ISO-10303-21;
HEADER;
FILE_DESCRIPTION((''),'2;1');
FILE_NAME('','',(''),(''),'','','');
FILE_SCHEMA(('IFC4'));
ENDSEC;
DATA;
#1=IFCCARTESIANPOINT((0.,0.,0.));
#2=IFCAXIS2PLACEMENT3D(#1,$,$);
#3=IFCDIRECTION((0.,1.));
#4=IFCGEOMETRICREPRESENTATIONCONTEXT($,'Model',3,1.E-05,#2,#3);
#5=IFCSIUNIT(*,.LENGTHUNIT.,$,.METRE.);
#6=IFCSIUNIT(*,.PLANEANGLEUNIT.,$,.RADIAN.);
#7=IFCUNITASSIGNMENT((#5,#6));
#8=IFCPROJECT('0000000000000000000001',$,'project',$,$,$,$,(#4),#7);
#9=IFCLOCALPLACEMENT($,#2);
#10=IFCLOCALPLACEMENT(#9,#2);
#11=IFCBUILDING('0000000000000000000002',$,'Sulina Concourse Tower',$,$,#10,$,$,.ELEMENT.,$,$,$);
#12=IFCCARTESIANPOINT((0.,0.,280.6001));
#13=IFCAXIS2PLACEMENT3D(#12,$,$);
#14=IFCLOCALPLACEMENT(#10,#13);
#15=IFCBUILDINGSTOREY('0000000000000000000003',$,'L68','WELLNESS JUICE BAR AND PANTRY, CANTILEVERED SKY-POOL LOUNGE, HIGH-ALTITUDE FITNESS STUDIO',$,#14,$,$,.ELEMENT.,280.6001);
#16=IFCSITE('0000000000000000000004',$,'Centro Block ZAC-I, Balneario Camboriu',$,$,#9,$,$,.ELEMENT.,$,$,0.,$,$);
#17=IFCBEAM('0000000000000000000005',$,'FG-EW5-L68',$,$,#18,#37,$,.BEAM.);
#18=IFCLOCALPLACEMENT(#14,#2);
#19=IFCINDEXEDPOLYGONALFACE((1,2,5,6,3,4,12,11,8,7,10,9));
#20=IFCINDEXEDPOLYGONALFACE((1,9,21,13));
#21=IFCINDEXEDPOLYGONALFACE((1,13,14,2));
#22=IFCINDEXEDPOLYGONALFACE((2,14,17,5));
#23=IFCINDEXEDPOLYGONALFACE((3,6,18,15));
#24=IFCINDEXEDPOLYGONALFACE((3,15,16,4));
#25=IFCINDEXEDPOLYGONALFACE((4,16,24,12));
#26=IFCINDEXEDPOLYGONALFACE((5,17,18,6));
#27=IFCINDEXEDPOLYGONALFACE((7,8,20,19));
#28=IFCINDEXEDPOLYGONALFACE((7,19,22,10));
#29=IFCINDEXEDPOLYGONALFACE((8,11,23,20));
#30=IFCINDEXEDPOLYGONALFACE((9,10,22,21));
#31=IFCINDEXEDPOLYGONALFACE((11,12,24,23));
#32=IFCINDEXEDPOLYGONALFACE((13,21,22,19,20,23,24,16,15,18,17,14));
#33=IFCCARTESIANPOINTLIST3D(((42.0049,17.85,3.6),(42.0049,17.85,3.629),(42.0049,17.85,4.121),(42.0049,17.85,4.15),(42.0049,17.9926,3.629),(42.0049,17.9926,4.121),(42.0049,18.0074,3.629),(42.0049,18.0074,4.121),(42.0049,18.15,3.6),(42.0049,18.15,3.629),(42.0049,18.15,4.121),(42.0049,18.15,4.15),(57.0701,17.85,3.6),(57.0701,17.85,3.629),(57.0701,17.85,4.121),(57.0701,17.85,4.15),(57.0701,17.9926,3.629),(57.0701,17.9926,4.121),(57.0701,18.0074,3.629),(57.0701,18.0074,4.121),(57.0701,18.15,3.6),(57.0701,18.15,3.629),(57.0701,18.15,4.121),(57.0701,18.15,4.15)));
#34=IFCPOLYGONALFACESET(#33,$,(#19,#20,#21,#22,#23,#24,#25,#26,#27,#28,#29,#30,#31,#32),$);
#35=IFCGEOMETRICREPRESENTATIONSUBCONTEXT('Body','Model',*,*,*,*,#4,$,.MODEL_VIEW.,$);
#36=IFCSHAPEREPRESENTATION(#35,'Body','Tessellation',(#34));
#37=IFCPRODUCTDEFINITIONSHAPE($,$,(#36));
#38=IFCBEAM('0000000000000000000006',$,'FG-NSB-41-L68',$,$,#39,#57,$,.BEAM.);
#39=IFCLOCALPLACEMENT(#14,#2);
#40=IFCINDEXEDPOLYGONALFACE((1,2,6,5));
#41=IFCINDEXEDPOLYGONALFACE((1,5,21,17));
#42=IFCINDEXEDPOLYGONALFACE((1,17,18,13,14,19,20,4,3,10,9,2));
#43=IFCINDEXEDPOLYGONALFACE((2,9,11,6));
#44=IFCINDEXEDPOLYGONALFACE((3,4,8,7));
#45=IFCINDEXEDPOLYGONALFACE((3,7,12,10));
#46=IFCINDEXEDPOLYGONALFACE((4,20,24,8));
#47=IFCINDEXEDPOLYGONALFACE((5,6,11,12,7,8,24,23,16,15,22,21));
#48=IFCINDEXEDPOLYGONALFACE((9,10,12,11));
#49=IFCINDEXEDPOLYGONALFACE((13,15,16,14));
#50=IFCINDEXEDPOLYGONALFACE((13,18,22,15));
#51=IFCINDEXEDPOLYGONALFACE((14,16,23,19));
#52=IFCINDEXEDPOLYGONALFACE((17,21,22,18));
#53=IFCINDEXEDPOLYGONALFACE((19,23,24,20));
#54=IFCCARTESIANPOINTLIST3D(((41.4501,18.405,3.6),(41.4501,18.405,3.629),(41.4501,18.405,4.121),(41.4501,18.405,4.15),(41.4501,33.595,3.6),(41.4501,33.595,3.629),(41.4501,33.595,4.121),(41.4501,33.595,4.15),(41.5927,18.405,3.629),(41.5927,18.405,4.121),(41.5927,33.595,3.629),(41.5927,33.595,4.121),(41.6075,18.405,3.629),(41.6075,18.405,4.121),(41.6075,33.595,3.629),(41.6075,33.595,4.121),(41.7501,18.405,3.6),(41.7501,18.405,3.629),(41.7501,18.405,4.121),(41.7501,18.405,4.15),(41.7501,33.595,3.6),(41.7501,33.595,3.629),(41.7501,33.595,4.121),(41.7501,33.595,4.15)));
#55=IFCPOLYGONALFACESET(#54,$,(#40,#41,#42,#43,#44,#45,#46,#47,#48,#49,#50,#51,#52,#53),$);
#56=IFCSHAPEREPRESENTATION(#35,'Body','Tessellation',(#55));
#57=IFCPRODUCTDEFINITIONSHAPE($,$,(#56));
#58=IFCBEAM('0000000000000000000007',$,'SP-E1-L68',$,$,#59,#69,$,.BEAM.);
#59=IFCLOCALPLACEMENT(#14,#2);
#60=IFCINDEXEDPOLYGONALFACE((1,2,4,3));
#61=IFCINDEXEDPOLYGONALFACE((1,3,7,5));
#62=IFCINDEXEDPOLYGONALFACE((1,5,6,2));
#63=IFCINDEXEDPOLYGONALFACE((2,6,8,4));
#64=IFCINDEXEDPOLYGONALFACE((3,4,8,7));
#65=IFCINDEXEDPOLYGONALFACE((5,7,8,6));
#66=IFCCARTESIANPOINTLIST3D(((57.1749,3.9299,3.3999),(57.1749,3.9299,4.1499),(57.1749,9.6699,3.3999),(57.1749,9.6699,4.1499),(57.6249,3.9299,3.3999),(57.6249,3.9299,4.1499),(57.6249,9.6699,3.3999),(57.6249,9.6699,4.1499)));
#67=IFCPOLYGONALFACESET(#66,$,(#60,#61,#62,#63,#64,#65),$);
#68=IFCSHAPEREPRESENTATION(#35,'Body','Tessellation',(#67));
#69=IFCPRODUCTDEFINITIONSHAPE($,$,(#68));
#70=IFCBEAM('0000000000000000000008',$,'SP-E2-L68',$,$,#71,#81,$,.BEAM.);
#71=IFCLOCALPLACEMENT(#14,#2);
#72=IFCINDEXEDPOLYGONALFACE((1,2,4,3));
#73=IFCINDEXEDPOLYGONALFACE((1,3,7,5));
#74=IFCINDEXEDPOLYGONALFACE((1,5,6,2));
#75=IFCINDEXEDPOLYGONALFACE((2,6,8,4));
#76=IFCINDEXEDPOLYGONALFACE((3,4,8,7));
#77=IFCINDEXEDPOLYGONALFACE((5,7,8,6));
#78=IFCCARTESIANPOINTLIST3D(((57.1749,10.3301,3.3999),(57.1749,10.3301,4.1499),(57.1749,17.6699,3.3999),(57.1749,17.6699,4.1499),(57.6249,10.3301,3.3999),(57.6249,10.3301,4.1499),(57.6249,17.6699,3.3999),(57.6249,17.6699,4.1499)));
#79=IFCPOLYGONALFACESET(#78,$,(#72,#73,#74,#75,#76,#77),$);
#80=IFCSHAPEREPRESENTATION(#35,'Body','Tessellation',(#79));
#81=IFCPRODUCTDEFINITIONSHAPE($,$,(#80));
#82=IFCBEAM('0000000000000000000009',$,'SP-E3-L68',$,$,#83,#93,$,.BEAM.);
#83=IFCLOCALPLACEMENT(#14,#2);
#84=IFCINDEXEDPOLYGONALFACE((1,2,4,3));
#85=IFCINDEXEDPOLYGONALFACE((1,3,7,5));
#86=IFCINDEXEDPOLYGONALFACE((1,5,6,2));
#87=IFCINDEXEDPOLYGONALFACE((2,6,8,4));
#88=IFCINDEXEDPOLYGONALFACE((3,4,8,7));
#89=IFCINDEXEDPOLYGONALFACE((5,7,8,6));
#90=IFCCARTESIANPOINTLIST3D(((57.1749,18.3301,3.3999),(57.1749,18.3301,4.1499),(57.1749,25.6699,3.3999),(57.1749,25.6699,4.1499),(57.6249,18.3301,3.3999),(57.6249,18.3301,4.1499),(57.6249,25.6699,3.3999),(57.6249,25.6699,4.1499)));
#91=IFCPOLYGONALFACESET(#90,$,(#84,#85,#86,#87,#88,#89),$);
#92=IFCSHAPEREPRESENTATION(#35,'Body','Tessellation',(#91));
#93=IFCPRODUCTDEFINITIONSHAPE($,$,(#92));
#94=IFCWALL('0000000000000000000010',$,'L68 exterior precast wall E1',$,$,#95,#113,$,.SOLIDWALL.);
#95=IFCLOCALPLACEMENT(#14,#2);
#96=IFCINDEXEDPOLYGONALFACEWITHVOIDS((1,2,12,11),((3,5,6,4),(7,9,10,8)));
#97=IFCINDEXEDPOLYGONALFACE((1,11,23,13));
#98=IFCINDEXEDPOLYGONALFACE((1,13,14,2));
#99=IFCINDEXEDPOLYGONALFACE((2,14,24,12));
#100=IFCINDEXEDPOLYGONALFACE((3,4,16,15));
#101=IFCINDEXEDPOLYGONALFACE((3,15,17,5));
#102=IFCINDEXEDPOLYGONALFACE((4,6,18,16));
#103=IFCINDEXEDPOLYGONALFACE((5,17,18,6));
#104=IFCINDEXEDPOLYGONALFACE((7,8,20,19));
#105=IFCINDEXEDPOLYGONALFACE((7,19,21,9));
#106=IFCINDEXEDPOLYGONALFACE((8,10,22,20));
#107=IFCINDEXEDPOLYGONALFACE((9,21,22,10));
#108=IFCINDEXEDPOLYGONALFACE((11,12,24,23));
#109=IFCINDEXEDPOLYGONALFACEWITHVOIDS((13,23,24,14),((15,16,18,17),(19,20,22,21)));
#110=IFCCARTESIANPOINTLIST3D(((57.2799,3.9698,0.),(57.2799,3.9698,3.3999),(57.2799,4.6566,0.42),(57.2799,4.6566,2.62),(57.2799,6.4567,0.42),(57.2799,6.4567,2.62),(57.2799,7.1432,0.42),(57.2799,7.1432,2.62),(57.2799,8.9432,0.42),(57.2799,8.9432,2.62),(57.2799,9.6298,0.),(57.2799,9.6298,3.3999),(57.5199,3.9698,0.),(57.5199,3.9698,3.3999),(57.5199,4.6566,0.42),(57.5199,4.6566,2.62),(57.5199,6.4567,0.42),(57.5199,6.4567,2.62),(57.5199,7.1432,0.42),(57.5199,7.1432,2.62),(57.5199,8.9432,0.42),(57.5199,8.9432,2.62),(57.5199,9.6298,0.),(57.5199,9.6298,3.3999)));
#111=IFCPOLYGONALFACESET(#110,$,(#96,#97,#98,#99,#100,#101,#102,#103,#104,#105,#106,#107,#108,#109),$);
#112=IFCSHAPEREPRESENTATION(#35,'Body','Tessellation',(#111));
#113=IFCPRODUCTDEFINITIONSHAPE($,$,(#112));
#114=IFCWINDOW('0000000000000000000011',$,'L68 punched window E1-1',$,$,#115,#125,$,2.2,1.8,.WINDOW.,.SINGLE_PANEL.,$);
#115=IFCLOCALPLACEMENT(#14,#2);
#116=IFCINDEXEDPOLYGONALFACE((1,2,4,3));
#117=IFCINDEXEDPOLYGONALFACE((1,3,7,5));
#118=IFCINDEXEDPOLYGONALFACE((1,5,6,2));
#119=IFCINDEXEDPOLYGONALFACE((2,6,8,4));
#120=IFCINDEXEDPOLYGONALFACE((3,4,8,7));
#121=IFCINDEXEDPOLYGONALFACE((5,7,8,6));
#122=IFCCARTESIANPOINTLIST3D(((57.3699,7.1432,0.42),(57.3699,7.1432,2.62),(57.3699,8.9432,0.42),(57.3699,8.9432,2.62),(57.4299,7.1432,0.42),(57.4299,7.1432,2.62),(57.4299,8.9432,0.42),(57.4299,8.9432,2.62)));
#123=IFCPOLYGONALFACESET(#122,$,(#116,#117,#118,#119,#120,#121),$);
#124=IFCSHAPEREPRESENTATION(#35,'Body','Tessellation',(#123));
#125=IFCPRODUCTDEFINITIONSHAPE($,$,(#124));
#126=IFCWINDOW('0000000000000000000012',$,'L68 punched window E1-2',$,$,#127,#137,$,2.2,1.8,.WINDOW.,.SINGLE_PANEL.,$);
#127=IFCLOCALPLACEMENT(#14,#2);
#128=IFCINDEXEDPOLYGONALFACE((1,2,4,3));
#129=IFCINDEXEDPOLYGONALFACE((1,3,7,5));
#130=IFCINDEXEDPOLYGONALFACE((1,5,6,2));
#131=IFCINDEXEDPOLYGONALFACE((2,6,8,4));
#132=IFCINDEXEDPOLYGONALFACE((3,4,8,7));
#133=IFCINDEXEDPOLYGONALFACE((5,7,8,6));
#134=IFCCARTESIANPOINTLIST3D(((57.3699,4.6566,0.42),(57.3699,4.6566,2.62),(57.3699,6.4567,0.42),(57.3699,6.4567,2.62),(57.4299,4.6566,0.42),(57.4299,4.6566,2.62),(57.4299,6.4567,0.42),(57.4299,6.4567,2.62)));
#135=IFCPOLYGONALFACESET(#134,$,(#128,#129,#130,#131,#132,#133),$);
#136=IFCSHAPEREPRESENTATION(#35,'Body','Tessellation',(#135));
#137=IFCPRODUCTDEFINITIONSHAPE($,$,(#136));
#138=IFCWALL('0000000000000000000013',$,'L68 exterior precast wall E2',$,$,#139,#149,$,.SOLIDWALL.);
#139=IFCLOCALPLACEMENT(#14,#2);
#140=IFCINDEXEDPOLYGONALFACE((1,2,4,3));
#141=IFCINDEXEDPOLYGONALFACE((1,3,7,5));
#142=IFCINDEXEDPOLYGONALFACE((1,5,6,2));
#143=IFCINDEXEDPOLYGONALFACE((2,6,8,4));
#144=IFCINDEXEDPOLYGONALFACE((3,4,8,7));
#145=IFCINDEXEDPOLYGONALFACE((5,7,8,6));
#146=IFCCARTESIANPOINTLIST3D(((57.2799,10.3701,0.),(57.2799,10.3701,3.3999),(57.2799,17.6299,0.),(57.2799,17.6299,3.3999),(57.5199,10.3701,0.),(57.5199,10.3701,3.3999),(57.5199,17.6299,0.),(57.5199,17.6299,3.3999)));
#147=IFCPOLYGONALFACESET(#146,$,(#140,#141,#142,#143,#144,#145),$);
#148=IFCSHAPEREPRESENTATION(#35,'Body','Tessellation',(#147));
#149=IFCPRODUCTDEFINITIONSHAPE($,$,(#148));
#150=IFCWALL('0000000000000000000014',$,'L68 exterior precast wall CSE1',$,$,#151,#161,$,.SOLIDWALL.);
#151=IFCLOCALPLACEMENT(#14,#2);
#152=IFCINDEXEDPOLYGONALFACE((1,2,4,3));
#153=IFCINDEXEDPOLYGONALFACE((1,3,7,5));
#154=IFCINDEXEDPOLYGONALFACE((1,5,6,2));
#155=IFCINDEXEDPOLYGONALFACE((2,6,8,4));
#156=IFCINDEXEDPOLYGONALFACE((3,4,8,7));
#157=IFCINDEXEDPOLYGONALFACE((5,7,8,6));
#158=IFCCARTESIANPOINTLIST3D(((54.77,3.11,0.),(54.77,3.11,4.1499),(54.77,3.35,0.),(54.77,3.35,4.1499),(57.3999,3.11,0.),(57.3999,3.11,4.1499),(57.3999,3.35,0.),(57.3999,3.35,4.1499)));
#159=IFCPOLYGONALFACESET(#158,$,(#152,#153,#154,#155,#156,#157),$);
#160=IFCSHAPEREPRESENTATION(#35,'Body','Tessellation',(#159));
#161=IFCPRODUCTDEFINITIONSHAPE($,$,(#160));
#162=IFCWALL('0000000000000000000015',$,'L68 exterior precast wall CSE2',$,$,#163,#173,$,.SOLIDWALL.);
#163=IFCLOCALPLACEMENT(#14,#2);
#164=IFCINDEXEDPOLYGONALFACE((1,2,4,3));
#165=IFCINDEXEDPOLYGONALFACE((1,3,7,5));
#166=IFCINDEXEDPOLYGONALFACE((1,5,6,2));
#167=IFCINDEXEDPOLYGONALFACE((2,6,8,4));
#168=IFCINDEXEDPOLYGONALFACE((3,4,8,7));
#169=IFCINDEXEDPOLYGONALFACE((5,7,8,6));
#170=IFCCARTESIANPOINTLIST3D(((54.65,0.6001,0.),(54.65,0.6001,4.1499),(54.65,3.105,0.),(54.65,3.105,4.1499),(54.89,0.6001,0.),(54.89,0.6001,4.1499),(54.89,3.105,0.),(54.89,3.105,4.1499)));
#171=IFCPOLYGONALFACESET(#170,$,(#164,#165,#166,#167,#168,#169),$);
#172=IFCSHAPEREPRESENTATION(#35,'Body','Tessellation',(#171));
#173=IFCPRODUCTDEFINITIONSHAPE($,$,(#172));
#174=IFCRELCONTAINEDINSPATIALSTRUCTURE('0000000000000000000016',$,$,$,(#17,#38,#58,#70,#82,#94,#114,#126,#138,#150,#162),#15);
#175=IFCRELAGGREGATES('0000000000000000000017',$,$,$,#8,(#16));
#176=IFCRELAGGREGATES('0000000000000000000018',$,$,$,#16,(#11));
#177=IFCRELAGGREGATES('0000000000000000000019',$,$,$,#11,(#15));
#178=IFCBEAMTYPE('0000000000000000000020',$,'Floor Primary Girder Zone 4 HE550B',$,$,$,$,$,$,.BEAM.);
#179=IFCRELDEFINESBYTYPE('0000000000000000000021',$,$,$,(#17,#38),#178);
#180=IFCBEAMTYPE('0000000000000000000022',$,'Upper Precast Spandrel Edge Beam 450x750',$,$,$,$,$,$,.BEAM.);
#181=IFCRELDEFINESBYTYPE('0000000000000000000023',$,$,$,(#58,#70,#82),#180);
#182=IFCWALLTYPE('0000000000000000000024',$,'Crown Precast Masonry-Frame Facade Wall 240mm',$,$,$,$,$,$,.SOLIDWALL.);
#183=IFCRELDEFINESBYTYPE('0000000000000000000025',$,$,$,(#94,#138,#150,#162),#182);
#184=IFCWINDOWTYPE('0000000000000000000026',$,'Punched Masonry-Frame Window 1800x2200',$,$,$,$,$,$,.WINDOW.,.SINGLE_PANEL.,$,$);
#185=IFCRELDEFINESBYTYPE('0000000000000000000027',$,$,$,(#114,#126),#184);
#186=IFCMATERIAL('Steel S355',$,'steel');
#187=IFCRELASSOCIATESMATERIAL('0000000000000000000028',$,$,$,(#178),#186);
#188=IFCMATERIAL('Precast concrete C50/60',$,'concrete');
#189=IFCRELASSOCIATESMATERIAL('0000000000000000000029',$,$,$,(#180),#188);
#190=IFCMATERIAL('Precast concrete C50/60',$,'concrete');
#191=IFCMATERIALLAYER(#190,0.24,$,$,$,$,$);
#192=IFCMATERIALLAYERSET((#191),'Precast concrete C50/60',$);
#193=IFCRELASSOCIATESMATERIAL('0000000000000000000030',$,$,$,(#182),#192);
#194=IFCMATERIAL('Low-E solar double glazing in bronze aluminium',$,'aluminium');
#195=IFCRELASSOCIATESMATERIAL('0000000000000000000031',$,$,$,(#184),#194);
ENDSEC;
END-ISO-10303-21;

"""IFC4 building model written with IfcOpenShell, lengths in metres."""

from ifc_helpers import new_model, si_unit, direction, frame, frame_2d, origin, origin_2d, place, context, subcontext, project, spatial, rectangle, i_section, extrude, material, layer, layer_set, material_profile, profile_set, type_object, element, fill, save


model = new_model("IFC4")

# Units and contexts
model_context = context("Model", 3, precision=1e-05, world=origin(), true_north=direction((0.0, 1.0)))
body_context = subcontext(model_context, "Body", "Model", "MODEL_VIEW")
ifc_project = project(units=[si_unit("LENGTHUNIT", "METRE"), si_unit("PLANEANGLEUNIT", "RADIAN")], contexts=[model_context])

# Site, building, storey
site_placement = place(None, origin())
site = spatial("IfcSite", under=ifc_project, at=site_placement, Name="Centro Block ZAC-I, Balneario Camboriu", CompositionType="ELEMENT", RefElevation=0.0)
building_placement = place(site_placement, origin())
building = spatial("IfcBuilding", under=site, at=building_placement, Name="Sulina Concourse Tower", CompositionType="ELEMENT")
storey_placement = place(building_placement, frame((0.0, 0.0, 280.6001)))
storey = spatial("IfcBuildingStorey", under=building, at=storey_placement, Name="L68", Description="WELLNESS JUICE BAR AND PANTRY, CANTILEVERED SKY-POOL LOUNGE, HIGH-ALTITUDE FITNESS STUDIO", CompositionType="ELEMENT", Elevation=280.6001)

# Beams
ifc_material_1 = material(Name="Steel S355", Category="steel")
ifc_material_profile_1 = material_profile(ifc_material_1, i_section(OverallWidth=0.3, OverallDepth=0.55, WebThickness=0.0149, FlangeThickness=0.0291, at=origin_2d()), Name="HE 550 B")
ifc_profile_set_1 = profile_set([ifc_material_profile_1], Name="Steel S355")
beam_type_1 = type_object("IfcBeamType", Name="Floor Primary Girder Zone 4 HE550B", PredefinedType="BEAM", material=ifc_profile_set_1)
beam_1_placement = place(storey_placement, frame((42.0049, 18.0, 3.875), z_axis=(1.0, 0.0, 0.0), x_axis=(0.0, 1.0, 0.0)))
element("IfcBeam", 1, at=beam_1_placement, inside=storey, type_object=beam_type_1, Name="FG-EW5-L68", PredefinedType="BEAM", context=body_context, shape_type="SweptSolid", body=[
    extrude(i_section(OverallWidth=0.3, OverallDepth=0.55, WebThickness=0.0149, FlangeThickness=0.0291, at=origin_2d()), origin(), (0.0, 0.0, 1.0), 15.0652),
])
beam_2_placement = place(storey_placement, frame((41.6001, 18.405, 3.875), z_axis=(0.0, 1.0, 0.0), x_axis=(-1.0, 0.0, 0.0)))
element("IfcBeam", 2, at=beam_2_placement, inside=storey, type_object=beam_type_1, Name="FG-NSB-41-L68", PredefinedType="BEAM", context=body_context, shape_type="SweptSolid", body=[
    extrude(i_section(OverallWidth=0.3, OverallDepth=0.55, WebThickness=0.0149, FlangeThickness=0.0291, at=origin_2d()), origin(), (0.0, 0.0, 1.0), 15.1899),
])
ifc_material_2 = material(Name="Precast concrete C50/60", Category="concrete")
ifc_material_profile_2 = material_profile(ifc_material_2, rectangle(XDim=0.45, YDim=0.75, at=origin_2d()), Name="RC 450x750")
ifc_profile_set_2 = profile_set([ifc_material_profile_2], Name="Precast concrete C50/60")
beam_type_2 = type_object("IfcBeamType", Name="Upper Precast Spandrel Edge Beam 450x750", PredefinedType="BEAM", material=ifc_profile_set_2)
beam_3_placement = place(storey_placement, frame((57.3999, 3.9299, 3.7749), z_axis=(0.0, 1.0, 0.0), x_axis=(-1.0, 0.0, 0.0)))
element("IfcBeam", 3, at=beam_3_placement, inside=storey, type_object=beam_type_2, Name="SP-E1-L68", PredefinedType="BEAM", context=body_context, shape_type="SweptSolid", body=[
    extrude(rectangle(XDim=0.45, YDim=0.75, at=origin_2d()), origin(), (0.0, 0.0, 1.0), 5.74),
])
for number, where, z_axis, x_axis, name in (
    (4, (57.3999, 10.3301, 3.7749), (0.0, 1.0, 0.0), (-1.0, 0.0, 0.0), "SP-E2-L68"),
    (5, (57.3999, 18.3301, 3.7749), (0.0, 1.0, 0.0), (-1.0, 0.0, 0.0), "SP-E3-L68"),
):
    element("IfcBeam", number, at=place(storey_placement, frame(where, z_axis=z_axis, x_axis=x_axis)), inside=storey, type_object=beam_type_2, Name=name, PredefinedType="BEAM", context=body_context, shape_type="SweptSolid", body=[
        extrude(rectangle(XDim=0.45, YDim=0.75, at=origin_2d()), origin(), (0.0, 0.0, 1.0), 7.3398),
    ])

# Wall, openings, windows
ifc_material_3 = material(Name="Precast concrete C50/60", Category="concrete")
ifc_layer_1 = layer(ifc_material_3, 0.24)
ifc_layer_set_1 = layer_set([ifc_layer_1], Name="Precast concrete C50/60")
wall_type_1 = type_object("IfcWallType", Name="Crown Precast Masonry-Frame Facade Wall 240mm", PredefinedType="SOLIDWALL", material=ifc_layer_set_1)
wall_1_placement = place(storey_placement, frame((57.3999, 9.6299, 0.0), z_axis=(0.0, 0.0, 1.0), x_axis=(0.0, -1.0, 0.0)))
wall_1 = element("IfcWall", 6, at=wall_1_placement, inside=storey, type_object=wall_type_1, Name="L68 exterior precast wall E1", PredefinedType="SOLIDWALL", context=body_context, shape_type="SweptSolid", body=[
    extrude(rectangle(XDim=5.6599, YDim=0.24, at=frame_2d((2.8301, 0.0))), origin(), (0.0, 0.0, 1.0), 3.3999),
])
opening_1_placement = place(wall_1_placement, frame((0.6868, 0.0, 0.4199)))
opening_1 = element("IfcOpeningElement", 7, at=opening_1_placement, cuts=wall_1, PredefinedType="OPENING", context=body_context, shape_type="SweptSolid", body=[
    extrude(rectangle(XDim=1.8, YDim=2.2, at=frame_2d((0.8999, 1.1001))), frame((0.0, 0.1299, 0.0), z_axis=(0.0, -1.0, 0.0), x_axis=(1.0, 0.0, 0.0)), (0.0, 0.0, 1.0), 0.26),
])
opening_2_placement = place(wall_1_placement, frame((3.1733, 0.0, 0.4199)))
opening_2 = element("IfcOpeningElement", 8, at=opening_2_placement, cuts=wall_1, PredefinedType="OPENING", context=body_context, shape_type="SweptSolid", body=[
    extrude(rectangle(XDim=1.8, YDim=2.2, at=frame_2d((0.8999, 1.1001))), frame((0.0, 0.1299, 0.0), z_axis=(0.0, -1.0, 0.0), x_axis=(1.0, 0.0, 0.0)), (0.0, 0.0, 1.0), 0.26),
])
ifc_material_4 = material(Name="Low-E solar double glazing in bronze aluminium", Category="aluminium")
window_type = type_object("IfcWindowType", Name="Punched Masonry-Frame Window 1800x2200", PartitioningType="SINGLE_PANEL", PredefinedType="WINDOW", material=ifc_material_4)
window_1_placement = place(opening_1_placement, origin())
window_1 = element("IfcWindow", 9, at=window_1_placement, inside=storey, type_object=window_type, Name="L68 punched window E1-1", OverallHeight=2.2, OverallWidth=1.8, PartitioningType="SINGLE_PANEL", PredefinedType="WINDOW", context=body_context, shape_type="SweptSolid", body=[
    extrude(rectangle(XDim=1.8, YDim=2.2, at=frame_2d((0.8999, 1.1001))), frame((0.0, 0.03, 0.0), z_axis=(0.0, -1.0, 0.0), x_axis=(1.0, 0.0, 0.0)), (0.0, 0.0, 1.0), 0.0601),
])
fill(opening_1, window_1)
window_2_placement = place(opening_2_placement, origin())
window_2 = element("IfcWindow", 10, at=window_2_placement, inside=storey, type_object=window_type, Name="L68 punched window E1-2", OverallHeight=2.2, OverallWidth=1.8, PartitioningType="SINGLE_PANEL", PredefinedType="WINDOW", context=body_context, shape_type="SweptSolid", body=[
    extrude(rectangle(XDim=1.8, YDim=2.2, at=frame_2d((0.8999, 1.1001))), frame((0.0, 0.03, 0.0), z_axis=(0.0, -1.0, 0.0), x_axis=(1.0, 0.0, 0.0)), (0.0, 0.0, 1.0), 0.0601),
])
fill(opening_2, window_2)

# Walls
wall_2_placement = place(storey_placement, frame((57.3999, 17.6299, 0.0), z_axis=(0.0, 0.0, 1.0), x_axis=(0.0, -1.0, 0.0)))
element("IfcWall", 11, at=wall_2_placement, inside=storey, type_object=wall_type_1, Name="L68 exterior precast wall E2", PredefinedType="SOLIDWALL", context=body_context, shape_type="SweptSolid", body=[
    extrude(rectangle(XDim=7.2598, YDim=0.24, at=frame_2d((3.6299, 0.0))), origin(), (0.0, 0.0, 1.0), 3.3999),
])
wall_3_placement = place(storey_placement, frame((57.3999, 3.23, 0.0), z_axis=(0.0, 0.0, 1.0), x_axis=(-1.0, 0.0, 0.0)))
element("IfcWall", 12, at=wall_3_placement, inside=storey, type_object=wall_type_1, Name="L68 exterior precast wall CSE1", PredefinedType="SOLIDWALL", context=body_context, shape_type="SweptSolid", body=[
    extrude(rectangle(XDim=2.6299, YDim=0.24, at=frame_2d((1.3149, 0.0))), origin(), (0.0, 0.0, 1.0), 4.1499),
])
wall_4_placement = place(storey_placement, frame((54.77, 3.105, 0.0), z_axis=(0.0, 0.0, 1.0), x_axis=(0.0, -1.0, 0.0)))
element("IfcWall", 13, at=wall_4_placement, inside=storey, type_object=wall_type_1, Name="L68 exterior precast wall CSE2", PredefinedType="SOLIDWALL", context=body_context, shape_type="SweptSolid", body=[
    extrude(rectangle(XDim=2.5049, YDim=0.24, at=frame_2d((1.2524, 0.0))), origin(), (0.0, 0.0, 1.0), 4.1499),
])

save(model, "model.ifc")
